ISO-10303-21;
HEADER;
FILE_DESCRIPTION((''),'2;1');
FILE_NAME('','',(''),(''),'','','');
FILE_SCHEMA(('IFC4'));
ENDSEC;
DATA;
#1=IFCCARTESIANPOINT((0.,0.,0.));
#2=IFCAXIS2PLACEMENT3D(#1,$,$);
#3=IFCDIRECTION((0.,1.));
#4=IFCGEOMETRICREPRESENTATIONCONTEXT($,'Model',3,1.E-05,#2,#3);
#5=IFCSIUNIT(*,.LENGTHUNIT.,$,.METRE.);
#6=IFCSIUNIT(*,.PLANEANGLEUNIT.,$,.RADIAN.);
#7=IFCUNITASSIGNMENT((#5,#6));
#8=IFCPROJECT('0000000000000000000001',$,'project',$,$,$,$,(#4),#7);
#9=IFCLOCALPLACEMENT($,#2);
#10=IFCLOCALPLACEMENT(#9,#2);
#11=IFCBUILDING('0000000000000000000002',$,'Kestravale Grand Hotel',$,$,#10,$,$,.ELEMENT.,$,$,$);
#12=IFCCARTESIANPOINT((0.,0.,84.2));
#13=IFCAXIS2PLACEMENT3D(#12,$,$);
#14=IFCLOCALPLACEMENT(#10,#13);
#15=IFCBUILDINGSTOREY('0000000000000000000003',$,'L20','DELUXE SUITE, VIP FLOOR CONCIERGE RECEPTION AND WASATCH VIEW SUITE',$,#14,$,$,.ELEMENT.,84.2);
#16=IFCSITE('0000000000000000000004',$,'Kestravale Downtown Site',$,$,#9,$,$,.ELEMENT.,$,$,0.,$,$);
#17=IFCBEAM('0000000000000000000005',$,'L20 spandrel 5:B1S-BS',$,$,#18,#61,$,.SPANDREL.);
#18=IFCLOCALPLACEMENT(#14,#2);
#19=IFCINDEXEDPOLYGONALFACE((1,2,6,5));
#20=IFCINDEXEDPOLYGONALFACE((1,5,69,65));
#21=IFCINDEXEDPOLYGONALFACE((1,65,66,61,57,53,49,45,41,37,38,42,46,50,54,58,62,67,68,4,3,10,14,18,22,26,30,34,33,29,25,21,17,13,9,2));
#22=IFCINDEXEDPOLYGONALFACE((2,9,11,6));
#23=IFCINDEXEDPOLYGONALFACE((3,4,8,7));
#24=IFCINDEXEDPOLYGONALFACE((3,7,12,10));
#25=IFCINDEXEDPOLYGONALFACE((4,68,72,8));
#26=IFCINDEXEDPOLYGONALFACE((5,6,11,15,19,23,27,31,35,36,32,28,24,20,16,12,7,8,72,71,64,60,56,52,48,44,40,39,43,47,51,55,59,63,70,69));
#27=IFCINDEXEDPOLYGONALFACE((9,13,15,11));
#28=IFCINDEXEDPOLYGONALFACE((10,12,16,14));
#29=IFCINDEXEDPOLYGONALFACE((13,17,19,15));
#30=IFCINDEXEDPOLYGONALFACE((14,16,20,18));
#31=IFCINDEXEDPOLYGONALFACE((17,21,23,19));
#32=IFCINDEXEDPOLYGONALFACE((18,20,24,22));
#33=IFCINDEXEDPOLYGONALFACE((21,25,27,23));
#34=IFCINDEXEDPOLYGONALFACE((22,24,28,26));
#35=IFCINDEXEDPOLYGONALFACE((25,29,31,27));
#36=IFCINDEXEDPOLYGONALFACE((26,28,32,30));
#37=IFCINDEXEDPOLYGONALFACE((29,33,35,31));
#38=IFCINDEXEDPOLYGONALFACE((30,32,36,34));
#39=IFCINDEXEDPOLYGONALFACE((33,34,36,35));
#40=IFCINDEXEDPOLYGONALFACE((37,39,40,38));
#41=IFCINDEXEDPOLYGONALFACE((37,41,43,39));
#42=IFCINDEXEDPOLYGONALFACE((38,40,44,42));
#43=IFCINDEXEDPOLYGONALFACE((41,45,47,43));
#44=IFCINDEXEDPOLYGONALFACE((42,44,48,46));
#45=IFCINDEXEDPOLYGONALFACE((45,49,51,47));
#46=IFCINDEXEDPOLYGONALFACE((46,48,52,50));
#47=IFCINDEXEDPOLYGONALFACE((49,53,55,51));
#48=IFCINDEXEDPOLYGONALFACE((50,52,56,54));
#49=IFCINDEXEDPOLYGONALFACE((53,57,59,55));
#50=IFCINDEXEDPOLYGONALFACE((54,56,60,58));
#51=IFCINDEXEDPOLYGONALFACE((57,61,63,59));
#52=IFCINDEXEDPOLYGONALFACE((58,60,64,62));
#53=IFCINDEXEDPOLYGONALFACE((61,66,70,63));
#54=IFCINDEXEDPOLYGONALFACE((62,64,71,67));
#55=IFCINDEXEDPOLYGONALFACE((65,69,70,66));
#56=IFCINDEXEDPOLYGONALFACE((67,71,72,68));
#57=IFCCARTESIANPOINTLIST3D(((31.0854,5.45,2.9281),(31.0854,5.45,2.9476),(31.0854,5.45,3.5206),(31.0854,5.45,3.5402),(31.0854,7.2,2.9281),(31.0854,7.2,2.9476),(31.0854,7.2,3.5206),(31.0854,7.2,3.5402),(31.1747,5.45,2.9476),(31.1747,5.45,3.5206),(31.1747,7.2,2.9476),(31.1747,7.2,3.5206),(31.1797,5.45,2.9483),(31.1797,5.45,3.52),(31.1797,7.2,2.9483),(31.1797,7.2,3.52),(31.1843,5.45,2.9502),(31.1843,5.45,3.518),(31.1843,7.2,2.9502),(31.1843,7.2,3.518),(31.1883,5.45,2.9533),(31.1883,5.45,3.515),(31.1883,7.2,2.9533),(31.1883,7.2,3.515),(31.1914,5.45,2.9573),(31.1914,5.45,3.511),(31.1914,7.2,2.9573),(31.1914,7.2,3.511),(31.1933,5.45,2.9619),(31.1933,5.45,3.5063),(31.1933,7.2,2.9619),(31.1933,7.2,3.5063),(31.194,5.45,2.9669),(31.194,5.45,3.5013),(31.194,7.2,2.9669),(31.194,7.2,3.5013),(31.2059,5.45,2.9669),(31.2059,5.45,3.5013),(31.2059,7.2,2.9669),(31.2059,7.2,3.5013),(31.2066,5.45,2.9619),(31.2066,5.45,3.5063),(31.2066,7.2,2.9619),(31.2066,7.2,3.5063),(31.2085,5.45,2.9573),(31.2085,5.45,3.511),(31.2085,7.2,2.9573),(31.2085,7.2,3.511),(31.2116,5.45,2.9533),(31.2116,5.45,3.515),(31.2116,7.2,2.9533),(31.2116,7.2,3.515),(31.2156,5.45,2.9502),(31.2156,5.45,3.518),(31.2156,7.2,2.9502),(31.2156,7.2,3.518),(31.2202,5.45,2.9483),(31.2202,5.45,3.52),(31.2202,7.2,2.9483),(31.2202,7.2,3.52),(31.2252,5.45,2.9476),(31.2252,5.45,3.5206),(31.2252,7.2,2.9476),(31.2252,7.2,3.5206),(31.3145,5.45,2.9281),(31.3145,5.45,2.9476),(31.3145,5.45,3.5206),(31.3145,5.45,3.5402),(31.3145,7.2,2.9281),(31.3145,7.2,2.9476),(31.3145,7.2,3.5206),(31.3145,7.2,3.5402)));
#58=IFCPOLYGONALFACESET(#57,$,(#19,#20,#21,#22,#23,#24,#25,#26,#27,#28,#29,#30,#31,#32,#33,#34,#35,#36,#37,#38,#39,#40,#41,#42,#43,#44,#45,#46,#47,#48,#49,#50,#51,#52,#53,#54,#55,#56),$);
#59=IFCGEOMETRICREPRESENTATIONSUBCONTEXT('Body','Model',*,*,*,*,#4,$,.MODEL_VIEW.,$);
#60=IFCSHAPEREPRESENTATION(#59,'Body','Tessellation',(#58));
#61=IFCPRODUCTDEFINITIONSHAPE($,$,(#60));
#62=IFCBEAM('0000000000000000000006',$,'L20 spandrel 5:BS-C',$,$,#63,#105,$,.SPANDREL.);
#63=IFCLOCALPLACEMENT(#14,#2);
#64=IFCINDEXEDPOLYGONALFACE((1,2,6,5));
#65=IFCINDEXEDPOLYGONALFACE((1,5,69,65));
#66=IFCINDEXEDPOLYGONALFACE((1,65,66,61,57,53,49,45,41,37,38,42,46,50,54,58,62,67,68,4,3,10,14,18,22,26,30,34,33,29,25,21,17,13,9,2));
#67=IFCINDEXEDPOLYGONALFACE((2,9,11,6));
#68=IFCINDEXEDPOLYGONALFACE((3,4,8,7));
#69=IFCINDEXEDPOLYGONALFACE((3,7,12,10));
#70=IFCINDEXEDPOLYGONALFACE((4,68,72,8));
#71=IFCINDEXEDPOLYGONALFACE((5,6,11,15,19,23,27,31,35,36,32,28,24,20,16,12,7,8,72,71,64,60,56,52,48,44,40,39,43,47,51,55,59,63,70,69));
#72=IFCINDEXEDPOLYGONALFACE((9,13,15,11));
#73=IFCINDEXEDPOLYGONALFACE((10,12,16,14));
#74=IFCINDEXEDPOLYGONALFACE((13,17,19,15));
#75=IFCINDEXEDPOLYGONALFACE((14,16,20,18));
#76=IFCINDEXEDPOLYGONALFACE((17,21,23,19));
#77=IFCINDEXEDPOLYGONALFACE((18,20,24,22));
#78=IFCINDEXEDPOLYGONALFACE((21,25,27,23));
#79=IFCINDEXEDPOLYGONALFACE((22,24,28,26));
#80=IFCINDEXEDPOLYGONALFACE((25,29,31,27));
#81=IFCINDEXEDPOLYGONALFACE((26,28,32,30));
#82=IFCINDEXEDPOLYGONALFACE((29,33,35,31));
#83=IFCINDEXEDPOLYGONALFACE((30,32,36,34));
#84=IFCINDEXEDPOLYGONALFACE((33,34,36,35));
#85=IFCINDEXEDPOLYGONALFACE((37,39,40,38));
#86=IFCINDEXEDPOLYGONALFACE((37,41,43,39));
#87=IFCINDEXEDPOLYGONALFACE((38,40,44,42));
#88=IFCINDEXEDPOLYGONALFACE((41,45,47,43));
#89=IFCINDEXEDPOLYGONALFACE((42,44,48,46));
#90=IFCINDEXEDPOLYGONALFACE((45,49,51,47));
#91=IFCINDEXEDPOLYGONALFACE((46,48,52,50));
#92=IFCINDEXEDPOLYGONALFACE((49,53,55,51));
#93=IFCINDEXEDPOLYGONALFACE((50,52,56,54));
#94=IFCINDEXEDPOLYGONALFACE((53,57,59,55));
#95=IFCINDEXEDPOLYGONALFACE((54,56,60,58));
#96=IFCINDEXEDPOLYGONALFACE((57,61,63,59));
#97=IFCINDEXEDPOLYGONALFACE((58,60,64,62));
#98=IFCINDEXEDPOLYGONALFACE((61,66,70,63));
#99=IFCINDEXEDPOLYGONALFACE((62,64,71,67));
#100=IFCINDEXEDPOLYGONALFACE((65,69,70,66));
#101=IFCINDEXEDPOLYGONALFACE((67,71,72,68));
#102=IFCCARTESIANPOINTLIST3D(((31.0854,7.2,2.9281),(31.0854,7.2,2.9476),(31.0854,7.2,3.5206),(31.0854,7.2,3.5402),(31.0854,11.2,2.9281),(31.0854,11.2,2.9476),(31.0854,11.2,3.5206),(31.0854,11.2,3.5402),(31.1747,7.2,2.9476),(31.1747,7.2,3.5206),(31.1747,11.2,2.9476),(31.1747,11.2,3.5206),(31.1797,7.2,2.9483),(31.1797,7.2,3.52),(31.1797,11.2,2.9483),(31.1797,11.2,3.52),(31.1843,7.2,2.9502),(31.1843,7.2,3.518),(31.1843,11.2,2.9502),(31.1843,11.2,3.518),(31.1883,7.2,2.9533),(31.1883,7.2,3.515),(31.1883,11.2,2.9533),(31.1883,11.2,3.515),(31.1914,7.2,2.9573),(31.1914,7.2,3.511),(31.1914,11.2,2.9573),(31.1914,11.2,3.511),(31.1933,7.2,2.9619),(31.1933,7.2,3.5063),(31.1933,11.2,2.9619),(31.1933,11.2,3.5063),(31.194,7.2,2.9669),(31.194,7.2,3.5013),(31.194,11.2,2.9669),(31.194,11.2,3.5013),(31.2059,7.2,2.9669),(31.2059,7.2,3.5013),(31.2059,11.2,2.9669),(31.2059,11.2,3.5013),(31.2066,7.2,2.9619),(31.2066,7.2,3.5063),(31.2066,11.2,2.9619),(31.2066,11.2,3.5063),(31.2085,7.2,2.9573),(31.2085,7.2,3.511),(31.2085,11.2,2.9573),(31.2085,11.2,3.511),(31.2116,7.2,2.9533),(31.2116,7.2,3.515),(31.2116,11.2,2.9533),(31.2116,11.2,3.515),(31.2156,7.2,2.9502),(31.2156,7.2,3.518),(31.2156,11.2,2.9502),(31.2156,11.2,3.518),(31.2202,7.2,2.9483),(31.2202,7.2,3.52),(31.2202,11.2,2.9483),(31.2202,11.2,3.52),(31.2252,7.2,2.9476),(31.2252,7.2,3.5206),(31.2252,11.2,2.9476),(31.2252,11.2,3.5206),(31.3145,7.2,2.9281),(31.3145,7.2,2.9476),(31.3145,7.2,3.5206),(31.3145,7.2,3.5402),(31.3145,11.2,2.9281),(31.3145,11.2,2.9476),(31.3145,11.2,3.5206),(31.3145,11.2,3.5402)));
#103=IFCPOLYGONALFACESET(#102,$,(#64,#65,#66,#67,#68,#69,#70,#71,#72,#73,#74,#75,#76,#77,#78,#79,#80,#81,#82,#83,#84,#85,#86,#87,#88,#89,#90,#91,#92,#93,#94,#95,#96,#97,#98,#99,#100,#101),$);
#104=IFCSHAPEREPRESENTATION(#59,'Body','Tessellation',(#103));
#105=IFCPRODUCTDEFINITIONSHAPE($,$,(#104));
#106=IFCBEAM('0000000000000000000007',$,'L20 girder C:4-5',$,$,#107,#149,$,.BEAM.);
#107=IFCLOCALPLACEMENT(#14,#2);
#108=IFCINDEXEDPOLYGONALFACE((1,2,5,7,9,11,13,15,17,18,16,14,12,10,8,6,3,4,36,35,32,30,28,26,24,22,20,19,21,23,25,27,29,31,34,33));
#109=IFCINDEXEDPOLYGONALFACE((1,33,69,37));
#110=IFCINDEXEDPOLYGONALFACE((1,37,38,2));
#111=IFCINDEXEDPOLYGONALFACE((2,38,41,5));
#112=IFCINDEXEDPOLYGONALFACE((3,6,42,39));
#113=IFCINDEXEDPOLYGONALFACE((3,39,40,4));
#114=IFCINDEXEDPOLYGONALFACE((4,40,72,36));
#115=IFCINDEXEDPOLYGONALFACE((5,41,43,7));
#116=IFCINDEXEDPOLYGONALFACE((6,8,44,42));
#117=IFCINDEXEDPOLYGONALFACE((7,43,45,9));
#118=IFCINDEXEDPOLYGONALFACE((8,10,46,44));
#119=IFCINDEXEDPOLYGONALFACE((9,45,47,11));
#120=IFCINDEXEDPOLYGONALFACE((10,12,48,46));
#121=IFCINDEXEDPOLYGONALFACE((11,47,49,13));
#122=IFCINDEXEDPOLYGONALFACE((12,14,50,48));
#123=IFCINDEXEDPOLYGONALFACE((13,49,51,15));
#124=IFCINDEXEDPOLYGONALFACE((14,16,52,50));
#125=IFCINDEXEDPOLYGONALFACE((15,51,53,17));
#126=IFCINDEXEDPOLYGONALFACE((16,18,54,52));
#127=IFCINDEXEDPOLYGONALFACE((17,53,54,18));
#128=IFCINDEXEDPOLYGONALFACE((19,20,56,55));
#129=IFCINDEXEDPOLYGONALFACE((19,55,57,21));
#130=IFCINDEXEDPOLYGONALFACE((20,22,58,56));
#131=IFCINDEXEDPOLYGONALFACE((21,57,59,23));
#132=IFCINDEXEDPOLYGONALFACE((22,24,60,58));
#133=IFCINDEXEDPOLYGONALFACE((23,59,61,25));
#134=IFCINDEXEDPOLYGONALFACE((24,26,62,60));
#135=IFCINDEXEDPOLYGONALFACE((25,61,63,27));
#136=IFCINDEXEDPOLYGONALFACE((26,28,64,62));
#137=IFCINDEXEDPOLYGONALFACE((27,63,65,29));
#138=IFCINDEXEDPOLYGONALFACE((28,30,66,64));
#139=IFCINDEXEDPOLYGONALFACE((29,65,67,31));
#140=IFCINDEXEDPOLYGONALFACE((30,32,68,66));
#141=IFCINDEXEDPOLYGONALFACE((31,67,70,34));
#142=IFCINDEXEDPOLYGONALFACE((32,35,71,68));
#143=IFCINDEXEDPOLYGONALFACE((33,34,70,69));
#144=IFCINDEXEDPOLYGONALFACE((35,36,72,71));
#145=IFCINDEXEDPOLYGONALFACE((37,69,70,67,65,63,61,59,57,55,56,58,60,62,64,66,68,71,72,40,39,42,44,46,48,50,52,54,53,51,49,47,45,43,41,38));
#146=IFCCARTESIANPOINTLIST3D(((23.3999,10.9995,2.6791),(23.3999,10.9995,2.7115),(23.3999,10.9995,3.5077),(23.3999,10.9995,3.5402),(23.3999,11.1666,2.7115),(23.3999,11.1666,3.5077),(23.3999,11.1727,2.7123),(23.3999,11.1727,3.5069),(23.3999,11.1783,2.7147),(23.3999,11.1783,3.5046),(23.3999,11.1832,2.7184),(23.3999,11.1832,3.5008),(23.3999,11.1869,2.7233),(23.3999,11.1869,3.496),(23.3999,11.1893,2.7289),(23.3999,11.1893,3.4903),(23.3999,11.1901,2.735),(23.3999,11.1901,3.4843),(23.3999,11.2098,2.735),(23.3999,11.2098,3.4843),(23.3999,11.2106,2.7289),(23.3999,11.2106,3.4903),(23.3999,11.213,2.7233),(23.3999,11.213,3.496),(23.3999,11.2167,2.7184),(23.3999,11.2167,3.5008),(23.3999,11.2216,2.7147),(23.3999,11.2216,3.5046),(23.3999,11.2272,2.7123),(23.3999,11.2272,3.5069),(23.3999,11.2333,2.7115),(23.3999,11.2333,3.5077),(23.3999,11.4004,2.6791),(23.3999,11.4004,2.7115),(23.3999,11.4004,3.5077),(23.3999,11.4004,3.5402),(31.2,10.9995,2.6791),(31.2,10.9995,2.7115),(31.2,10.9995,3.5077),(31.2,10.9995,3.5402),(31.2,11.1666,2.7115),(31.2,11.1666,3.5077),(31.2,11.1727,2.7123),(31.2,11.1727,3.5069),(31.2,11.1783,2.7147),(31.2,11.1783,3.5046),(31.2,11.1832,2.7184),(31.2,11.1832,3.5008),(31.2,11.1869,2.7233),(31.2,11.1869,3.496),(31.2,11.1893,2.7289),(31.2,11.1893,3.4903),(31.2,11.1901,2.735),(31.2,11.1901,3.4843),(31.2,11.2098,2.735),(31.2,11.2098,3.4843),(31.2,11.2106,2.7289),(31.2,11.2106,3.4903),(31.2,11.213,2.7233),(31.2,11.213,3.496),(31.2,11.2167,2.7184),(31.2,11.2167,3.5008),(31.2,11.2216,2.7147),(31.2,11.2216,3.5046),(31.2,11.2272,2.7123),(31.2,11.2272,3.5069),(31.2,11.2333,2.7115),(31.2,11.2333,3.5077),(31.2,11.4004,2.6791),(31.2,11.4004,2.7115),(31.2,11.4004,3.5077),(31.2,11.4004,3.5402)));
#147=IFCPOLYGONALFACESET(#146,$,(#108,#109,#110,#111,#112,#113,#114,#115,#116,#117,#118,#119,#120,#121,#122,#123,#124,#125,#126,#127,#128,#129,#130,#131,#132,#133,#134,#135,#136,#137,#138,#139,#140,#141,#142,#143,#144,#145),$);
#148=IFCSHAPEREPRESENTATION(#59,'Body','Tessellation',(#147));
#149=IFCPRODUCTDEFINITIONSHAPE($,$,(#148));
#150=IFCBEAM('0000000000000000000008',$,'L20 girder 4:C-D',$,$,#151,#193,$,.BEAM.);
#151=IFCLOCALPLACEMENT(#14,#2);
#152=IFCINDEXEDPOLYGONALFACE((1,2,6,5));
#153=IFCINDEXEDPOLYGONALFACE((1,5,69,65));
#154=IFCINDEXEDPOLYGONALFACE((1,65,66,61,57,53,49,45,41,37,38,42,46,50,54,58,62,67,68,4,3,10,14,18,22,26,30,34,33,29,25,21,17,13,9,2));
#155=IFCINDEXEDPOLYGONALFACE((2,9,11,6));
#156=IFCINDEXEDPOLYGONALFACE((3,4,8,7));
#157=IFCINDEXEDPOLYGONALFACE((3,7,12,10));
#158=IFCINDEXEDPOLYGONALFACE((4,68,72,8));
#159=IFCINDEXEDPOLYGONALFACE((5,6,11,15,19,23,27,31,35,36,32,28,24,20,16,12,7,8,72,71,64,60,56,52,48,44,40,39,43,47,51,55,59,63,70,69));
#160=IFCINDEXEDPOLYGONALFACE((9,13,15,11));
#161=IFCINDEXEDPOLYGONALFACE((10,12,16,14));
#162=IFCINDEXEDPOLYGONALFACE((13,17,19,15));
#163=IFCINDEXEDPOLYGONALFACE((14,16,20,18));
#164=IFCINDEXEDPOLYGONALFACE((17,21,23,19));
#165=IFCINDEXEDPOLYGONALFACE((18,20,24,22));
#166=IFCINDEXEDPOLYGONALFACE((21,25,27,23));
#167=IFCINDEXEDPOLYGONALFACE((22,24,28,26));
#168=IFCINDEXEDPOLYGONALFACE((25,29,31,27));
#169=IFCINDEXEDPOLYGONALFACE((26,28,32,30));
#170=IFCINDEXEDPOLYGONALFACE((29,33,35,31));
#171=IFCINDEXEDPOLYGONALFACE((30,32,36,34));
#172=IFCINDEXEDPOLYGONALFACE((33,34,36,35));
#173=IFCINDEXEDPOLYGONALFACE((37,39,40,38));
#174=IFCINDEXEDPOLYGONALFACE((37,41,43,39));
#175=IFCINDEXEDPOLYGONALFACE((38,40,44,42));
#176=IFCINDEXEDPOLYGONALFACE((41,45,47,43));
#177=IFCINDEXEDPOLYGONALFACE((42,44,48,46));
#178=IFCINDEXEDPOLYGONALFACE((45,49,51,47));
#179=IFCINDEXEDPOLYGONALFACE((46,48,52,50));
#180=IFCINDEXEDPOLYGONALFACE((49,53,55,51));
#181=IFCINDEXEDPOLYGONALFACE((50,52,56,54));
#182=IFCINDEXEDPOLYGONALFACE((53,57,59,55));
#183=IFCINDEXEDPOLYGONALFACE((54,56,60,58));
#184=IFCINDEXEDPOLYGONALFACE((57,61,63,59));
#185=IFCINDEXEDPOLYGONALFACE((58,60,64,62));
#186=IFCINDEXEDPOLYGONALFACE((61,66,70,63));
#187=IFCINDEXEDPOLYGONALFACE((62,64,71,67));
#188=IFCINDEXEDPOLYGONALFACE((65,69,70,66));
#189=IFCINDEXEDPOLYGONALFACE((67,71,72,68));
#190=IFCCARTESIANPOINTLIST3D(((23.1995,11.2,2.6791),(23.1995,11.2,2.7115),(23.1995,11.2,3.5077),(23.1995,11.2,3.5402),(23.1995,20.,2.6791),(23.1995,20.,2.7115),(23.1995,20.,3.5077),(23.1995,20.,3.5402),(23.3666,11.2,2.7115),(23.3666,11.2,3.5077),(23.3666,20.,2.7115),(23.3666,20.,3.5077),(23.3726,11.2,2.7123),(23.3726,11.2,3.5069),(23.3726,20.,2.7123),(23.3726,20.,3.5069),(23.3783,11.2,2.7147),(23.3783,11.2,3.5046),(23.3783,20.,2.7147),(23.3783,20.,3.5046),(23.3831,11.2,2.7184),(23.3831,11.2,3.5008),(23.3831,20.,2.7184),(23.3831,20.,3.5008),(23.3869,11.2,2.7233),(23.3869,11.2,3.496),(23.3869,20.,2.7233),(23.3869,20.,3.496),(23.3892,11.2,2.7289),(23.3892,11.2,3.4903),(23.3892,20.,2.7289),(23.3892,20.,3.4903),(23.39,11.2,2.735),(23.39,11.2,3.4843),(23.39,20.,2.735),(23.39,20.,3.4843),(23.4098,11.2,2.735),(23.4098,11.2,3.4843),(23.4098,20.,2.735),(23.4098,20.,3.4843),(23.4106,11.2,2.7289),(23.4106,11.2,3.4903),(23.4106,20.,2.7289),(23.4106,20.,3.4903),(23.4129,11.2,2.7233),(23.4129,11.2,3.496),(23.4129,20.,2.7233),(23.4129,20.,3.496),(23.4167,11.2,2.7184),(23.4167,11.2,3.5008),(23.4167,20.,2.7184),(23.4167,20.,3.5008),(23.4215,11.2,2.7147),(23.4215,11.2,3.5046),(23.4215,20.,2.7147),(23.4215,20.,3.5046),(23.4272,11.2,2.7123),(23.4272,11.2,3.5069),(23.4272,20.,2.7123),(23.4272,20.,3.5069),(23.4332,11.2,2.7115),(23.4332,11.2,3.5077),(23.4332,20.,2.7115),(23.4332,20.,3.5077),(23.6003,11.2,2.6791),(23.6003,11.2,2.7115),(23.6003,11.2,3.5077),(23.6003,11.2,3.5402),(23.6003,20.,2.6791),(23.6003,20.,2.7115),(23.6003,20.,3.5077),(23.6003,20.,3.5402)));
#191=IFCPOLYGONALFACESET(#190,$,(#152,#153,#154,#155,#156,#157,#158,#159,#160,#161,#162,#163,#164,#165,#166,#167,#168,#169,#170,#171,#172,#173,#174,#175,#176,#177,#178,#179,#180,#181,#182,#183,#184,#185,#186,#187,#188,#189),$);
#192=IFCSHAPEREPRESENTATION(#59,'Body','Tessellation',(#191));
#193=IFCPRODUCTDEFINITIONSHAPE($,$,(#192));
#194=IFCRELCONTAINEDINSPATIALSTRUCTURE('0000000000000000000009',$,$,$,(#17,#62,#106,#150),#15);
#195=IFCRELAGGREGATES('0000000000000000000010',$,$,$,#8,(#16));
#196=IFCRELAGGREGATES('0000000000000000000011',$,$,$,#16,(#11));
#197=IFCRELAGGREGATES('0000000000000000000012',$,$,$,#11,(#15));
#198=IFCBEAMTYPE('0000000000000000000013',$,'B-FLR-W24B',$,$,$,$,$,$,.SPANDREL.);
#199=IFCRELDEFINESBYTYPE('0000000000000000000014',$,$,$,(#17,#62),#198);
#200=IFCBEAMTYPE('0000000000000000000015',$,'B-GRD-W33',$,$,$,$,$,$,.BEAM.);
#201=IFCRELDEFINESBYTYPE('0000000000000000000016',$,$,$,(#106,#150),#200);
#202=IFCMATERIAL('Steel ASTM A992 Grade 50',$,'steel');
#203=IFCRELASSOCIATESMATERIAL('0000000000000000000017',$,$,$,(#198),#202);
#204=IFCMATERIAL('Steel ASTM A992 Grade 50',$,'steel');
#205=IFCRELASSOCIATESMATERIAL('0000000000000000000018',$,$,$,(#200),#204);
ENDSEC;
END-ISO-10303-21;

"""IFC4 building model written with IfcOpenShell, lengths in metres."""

from ifc_helpers import new_model, si_unit, direction, frame, origin, origin_2d, place, context, subcontext, project, spatial, i_section, extrude, material, material_profile, profile_set, type_object, element, save


model = new_model("IFC4")

# Units and contexts
model_context = context("Model", 3, precision=1e-05, world=origin(), true_north=direction((0.0, 1.0)))
body_context = subcontext(model_context, "Body", "Model", "MODEL_VIEW")
ifc_project = project(units=[si_unit("LENGTHUNIT", "METRE"), si_unit("PLANEANGLEUNIT", "RADIAN")], contexts=[model_context])

# Site, building, storey
site_placement = place(None, origin())
site = spatial("IfcSite", under=ifc_project, at=site_placement, Name="Kestravale Downtown Site", CompositionType="ELEMENT", RefElevation=0.0)
building_placement = place(site_placement, origin())
building = spatial("IfcBuilding", under=site, at=building_placement, Name="Kestravale Grand Hotel", CompositionType="ELEMENT")
storey_placement = place(building_placement, frame((0.0, 0.0, 84.2)))
storey = spatial("IfcBuildingStorey", under=building, at=storey_placement, Name="L20", Description="DELUXE SUITE, VIP FLOOR CONCIERGE RECEPTION AND WASATCH VIEW SUITE", CompositionType="ELEMENT", Elevation=84.2)

# Beams
ifc_material_1 = material(Name="Steel ASTM A992 Grade 50", Category="steel")
ifc_material_profile_1 = material_profile(ifc_material_1, i_section(OverallWidth=0.229, OverallDepth=0.6121, WebThickness=0.012, FlangeThickness=0.0195, FilletRadius=0.0193, at=origin_2d()))
ifc_profile_set_1 = profile_set([ifc_material_profile_1], Name="Steel ASTM A992 Grade 50")
beam_type_1 = type_object("IfcBeamType", Name="B-FLR-W24B", PredefinedType="SPANDREL", material=ifc_profile_set_1)
beam_1_placement = place(storey_placement, frame((31.2, 5.45, 3.2341), z_axis=(0.0, 1.0, 0.0), x_axis=(-1.0, 0.0, 0.0)))
element("IfcBeam", 1, at=beam_1_placement, inside=storey, type_object=beam_type_1, Name="L20 spandrel 5:B1S-BS", PredefinedType="SPANDREL", context=body_context, shape_type="SweptSolid", body=[
    extrude(i_section(OverallWidth=0.229, OverallDepth=0.6121, WebThickness=0.012, FlangeThickness=0.0195, FilletRadius=0.0193, at=origin_2d()), origin(), (0.0, 0.0, 1.0), 1.75),
])
beam_2_placement = place(storey_placement, frame((31.2, 7.2, 3.2341), z_axis=(0.0, 1.0, 0.0), x_axis=(-1.0, 0.0, 0.0)))
element("IfcBeam", 2, at=beam_2_placement, inside=storey, type_object=beam_type_1, Name="L20 spandrel 5:BS-C", PredefinedType="SPANDREL", context=body_context, shape_type="SweptSolid", body=[
    extrude(i_section(OverallWidth=0.229, OverallDepth=0.6121, WebThickness=0.012, FlangeThickness=0.0195, FilletRadius=0.0193, at=origin_2d()), origin(), (0.0, 0.0, 1.0), 4.0),
])
ifc_material_2 = material(Name="Steel ASTM A992 Grade 50", Category="steel")
ifc_material_profile_2 = material_profile(ifc_material_2, i_section(OverallWidth=0.4009, OverallDepth=0.8611, WebThickness=0.0198, FlangeThickness=0.0325, FilletRadius=0.0234, at=origin_2d()))
ifc_profile_set_2 = profile_set([ifc_material_profile_2], Name="Steel ASTM A992 Grade 50")
beam_type_2 = type_object("IfcBeamType", Name="B-GRD-W33", PredefinedType="BEAM", material=ifc_profile_set_2)
beam_3_placement = place(storey_placement, frame((23.3999, 11.2, 3.1096), z_axis=(1.0, 0.0, 0.0), x_axis=(0.0, 1.0, 0.0)))
element("IfcBeam", 3, at=beam_3_placement, inside=storey, type_object=beam_type_2, Name="L20 girder C:4-5", PredefinedType="BEAM", context=body_context, shape_type="SweptSolid", body=[
    extrude(i_section(OverallWidth=0.4009, OverallDepth=0.8611, WebThickness=0.0198, FlangeThickness=0.0325, FilletRadius=0.0234, at=origin_2d()), origin(), (0.0, 0.0, 1.0), 7.8),
])
for number, where, z_axis, x_axis, name in (
    (4, (23.3999, 11.2, 3.1096), (0.0, 1.0, 0.0), (-1.0, 0.0, 0.0), "L20 girder 4:C-D"),
):
    element("IfcBeam", number, at=place(storey_placement, frame(where, z_axis=z_axis, x_axis=x_axis)), inside=storey, type_object=beam_type_2, Name=name, PredefinedType="BEAM", context=body_context, shape_type="SweptSolid", body=[
        extrude(i_section(OverallWidth=0.4009, OverallDepth=0.8611, WebThickness=0.0198, FlangeThickness=0.0325, FilletRadius=0.0234, at=origin_2d()), origin(), (0.0, 0.0, 1.0), 8.8),
    ])

save(model, "model.ifc")
